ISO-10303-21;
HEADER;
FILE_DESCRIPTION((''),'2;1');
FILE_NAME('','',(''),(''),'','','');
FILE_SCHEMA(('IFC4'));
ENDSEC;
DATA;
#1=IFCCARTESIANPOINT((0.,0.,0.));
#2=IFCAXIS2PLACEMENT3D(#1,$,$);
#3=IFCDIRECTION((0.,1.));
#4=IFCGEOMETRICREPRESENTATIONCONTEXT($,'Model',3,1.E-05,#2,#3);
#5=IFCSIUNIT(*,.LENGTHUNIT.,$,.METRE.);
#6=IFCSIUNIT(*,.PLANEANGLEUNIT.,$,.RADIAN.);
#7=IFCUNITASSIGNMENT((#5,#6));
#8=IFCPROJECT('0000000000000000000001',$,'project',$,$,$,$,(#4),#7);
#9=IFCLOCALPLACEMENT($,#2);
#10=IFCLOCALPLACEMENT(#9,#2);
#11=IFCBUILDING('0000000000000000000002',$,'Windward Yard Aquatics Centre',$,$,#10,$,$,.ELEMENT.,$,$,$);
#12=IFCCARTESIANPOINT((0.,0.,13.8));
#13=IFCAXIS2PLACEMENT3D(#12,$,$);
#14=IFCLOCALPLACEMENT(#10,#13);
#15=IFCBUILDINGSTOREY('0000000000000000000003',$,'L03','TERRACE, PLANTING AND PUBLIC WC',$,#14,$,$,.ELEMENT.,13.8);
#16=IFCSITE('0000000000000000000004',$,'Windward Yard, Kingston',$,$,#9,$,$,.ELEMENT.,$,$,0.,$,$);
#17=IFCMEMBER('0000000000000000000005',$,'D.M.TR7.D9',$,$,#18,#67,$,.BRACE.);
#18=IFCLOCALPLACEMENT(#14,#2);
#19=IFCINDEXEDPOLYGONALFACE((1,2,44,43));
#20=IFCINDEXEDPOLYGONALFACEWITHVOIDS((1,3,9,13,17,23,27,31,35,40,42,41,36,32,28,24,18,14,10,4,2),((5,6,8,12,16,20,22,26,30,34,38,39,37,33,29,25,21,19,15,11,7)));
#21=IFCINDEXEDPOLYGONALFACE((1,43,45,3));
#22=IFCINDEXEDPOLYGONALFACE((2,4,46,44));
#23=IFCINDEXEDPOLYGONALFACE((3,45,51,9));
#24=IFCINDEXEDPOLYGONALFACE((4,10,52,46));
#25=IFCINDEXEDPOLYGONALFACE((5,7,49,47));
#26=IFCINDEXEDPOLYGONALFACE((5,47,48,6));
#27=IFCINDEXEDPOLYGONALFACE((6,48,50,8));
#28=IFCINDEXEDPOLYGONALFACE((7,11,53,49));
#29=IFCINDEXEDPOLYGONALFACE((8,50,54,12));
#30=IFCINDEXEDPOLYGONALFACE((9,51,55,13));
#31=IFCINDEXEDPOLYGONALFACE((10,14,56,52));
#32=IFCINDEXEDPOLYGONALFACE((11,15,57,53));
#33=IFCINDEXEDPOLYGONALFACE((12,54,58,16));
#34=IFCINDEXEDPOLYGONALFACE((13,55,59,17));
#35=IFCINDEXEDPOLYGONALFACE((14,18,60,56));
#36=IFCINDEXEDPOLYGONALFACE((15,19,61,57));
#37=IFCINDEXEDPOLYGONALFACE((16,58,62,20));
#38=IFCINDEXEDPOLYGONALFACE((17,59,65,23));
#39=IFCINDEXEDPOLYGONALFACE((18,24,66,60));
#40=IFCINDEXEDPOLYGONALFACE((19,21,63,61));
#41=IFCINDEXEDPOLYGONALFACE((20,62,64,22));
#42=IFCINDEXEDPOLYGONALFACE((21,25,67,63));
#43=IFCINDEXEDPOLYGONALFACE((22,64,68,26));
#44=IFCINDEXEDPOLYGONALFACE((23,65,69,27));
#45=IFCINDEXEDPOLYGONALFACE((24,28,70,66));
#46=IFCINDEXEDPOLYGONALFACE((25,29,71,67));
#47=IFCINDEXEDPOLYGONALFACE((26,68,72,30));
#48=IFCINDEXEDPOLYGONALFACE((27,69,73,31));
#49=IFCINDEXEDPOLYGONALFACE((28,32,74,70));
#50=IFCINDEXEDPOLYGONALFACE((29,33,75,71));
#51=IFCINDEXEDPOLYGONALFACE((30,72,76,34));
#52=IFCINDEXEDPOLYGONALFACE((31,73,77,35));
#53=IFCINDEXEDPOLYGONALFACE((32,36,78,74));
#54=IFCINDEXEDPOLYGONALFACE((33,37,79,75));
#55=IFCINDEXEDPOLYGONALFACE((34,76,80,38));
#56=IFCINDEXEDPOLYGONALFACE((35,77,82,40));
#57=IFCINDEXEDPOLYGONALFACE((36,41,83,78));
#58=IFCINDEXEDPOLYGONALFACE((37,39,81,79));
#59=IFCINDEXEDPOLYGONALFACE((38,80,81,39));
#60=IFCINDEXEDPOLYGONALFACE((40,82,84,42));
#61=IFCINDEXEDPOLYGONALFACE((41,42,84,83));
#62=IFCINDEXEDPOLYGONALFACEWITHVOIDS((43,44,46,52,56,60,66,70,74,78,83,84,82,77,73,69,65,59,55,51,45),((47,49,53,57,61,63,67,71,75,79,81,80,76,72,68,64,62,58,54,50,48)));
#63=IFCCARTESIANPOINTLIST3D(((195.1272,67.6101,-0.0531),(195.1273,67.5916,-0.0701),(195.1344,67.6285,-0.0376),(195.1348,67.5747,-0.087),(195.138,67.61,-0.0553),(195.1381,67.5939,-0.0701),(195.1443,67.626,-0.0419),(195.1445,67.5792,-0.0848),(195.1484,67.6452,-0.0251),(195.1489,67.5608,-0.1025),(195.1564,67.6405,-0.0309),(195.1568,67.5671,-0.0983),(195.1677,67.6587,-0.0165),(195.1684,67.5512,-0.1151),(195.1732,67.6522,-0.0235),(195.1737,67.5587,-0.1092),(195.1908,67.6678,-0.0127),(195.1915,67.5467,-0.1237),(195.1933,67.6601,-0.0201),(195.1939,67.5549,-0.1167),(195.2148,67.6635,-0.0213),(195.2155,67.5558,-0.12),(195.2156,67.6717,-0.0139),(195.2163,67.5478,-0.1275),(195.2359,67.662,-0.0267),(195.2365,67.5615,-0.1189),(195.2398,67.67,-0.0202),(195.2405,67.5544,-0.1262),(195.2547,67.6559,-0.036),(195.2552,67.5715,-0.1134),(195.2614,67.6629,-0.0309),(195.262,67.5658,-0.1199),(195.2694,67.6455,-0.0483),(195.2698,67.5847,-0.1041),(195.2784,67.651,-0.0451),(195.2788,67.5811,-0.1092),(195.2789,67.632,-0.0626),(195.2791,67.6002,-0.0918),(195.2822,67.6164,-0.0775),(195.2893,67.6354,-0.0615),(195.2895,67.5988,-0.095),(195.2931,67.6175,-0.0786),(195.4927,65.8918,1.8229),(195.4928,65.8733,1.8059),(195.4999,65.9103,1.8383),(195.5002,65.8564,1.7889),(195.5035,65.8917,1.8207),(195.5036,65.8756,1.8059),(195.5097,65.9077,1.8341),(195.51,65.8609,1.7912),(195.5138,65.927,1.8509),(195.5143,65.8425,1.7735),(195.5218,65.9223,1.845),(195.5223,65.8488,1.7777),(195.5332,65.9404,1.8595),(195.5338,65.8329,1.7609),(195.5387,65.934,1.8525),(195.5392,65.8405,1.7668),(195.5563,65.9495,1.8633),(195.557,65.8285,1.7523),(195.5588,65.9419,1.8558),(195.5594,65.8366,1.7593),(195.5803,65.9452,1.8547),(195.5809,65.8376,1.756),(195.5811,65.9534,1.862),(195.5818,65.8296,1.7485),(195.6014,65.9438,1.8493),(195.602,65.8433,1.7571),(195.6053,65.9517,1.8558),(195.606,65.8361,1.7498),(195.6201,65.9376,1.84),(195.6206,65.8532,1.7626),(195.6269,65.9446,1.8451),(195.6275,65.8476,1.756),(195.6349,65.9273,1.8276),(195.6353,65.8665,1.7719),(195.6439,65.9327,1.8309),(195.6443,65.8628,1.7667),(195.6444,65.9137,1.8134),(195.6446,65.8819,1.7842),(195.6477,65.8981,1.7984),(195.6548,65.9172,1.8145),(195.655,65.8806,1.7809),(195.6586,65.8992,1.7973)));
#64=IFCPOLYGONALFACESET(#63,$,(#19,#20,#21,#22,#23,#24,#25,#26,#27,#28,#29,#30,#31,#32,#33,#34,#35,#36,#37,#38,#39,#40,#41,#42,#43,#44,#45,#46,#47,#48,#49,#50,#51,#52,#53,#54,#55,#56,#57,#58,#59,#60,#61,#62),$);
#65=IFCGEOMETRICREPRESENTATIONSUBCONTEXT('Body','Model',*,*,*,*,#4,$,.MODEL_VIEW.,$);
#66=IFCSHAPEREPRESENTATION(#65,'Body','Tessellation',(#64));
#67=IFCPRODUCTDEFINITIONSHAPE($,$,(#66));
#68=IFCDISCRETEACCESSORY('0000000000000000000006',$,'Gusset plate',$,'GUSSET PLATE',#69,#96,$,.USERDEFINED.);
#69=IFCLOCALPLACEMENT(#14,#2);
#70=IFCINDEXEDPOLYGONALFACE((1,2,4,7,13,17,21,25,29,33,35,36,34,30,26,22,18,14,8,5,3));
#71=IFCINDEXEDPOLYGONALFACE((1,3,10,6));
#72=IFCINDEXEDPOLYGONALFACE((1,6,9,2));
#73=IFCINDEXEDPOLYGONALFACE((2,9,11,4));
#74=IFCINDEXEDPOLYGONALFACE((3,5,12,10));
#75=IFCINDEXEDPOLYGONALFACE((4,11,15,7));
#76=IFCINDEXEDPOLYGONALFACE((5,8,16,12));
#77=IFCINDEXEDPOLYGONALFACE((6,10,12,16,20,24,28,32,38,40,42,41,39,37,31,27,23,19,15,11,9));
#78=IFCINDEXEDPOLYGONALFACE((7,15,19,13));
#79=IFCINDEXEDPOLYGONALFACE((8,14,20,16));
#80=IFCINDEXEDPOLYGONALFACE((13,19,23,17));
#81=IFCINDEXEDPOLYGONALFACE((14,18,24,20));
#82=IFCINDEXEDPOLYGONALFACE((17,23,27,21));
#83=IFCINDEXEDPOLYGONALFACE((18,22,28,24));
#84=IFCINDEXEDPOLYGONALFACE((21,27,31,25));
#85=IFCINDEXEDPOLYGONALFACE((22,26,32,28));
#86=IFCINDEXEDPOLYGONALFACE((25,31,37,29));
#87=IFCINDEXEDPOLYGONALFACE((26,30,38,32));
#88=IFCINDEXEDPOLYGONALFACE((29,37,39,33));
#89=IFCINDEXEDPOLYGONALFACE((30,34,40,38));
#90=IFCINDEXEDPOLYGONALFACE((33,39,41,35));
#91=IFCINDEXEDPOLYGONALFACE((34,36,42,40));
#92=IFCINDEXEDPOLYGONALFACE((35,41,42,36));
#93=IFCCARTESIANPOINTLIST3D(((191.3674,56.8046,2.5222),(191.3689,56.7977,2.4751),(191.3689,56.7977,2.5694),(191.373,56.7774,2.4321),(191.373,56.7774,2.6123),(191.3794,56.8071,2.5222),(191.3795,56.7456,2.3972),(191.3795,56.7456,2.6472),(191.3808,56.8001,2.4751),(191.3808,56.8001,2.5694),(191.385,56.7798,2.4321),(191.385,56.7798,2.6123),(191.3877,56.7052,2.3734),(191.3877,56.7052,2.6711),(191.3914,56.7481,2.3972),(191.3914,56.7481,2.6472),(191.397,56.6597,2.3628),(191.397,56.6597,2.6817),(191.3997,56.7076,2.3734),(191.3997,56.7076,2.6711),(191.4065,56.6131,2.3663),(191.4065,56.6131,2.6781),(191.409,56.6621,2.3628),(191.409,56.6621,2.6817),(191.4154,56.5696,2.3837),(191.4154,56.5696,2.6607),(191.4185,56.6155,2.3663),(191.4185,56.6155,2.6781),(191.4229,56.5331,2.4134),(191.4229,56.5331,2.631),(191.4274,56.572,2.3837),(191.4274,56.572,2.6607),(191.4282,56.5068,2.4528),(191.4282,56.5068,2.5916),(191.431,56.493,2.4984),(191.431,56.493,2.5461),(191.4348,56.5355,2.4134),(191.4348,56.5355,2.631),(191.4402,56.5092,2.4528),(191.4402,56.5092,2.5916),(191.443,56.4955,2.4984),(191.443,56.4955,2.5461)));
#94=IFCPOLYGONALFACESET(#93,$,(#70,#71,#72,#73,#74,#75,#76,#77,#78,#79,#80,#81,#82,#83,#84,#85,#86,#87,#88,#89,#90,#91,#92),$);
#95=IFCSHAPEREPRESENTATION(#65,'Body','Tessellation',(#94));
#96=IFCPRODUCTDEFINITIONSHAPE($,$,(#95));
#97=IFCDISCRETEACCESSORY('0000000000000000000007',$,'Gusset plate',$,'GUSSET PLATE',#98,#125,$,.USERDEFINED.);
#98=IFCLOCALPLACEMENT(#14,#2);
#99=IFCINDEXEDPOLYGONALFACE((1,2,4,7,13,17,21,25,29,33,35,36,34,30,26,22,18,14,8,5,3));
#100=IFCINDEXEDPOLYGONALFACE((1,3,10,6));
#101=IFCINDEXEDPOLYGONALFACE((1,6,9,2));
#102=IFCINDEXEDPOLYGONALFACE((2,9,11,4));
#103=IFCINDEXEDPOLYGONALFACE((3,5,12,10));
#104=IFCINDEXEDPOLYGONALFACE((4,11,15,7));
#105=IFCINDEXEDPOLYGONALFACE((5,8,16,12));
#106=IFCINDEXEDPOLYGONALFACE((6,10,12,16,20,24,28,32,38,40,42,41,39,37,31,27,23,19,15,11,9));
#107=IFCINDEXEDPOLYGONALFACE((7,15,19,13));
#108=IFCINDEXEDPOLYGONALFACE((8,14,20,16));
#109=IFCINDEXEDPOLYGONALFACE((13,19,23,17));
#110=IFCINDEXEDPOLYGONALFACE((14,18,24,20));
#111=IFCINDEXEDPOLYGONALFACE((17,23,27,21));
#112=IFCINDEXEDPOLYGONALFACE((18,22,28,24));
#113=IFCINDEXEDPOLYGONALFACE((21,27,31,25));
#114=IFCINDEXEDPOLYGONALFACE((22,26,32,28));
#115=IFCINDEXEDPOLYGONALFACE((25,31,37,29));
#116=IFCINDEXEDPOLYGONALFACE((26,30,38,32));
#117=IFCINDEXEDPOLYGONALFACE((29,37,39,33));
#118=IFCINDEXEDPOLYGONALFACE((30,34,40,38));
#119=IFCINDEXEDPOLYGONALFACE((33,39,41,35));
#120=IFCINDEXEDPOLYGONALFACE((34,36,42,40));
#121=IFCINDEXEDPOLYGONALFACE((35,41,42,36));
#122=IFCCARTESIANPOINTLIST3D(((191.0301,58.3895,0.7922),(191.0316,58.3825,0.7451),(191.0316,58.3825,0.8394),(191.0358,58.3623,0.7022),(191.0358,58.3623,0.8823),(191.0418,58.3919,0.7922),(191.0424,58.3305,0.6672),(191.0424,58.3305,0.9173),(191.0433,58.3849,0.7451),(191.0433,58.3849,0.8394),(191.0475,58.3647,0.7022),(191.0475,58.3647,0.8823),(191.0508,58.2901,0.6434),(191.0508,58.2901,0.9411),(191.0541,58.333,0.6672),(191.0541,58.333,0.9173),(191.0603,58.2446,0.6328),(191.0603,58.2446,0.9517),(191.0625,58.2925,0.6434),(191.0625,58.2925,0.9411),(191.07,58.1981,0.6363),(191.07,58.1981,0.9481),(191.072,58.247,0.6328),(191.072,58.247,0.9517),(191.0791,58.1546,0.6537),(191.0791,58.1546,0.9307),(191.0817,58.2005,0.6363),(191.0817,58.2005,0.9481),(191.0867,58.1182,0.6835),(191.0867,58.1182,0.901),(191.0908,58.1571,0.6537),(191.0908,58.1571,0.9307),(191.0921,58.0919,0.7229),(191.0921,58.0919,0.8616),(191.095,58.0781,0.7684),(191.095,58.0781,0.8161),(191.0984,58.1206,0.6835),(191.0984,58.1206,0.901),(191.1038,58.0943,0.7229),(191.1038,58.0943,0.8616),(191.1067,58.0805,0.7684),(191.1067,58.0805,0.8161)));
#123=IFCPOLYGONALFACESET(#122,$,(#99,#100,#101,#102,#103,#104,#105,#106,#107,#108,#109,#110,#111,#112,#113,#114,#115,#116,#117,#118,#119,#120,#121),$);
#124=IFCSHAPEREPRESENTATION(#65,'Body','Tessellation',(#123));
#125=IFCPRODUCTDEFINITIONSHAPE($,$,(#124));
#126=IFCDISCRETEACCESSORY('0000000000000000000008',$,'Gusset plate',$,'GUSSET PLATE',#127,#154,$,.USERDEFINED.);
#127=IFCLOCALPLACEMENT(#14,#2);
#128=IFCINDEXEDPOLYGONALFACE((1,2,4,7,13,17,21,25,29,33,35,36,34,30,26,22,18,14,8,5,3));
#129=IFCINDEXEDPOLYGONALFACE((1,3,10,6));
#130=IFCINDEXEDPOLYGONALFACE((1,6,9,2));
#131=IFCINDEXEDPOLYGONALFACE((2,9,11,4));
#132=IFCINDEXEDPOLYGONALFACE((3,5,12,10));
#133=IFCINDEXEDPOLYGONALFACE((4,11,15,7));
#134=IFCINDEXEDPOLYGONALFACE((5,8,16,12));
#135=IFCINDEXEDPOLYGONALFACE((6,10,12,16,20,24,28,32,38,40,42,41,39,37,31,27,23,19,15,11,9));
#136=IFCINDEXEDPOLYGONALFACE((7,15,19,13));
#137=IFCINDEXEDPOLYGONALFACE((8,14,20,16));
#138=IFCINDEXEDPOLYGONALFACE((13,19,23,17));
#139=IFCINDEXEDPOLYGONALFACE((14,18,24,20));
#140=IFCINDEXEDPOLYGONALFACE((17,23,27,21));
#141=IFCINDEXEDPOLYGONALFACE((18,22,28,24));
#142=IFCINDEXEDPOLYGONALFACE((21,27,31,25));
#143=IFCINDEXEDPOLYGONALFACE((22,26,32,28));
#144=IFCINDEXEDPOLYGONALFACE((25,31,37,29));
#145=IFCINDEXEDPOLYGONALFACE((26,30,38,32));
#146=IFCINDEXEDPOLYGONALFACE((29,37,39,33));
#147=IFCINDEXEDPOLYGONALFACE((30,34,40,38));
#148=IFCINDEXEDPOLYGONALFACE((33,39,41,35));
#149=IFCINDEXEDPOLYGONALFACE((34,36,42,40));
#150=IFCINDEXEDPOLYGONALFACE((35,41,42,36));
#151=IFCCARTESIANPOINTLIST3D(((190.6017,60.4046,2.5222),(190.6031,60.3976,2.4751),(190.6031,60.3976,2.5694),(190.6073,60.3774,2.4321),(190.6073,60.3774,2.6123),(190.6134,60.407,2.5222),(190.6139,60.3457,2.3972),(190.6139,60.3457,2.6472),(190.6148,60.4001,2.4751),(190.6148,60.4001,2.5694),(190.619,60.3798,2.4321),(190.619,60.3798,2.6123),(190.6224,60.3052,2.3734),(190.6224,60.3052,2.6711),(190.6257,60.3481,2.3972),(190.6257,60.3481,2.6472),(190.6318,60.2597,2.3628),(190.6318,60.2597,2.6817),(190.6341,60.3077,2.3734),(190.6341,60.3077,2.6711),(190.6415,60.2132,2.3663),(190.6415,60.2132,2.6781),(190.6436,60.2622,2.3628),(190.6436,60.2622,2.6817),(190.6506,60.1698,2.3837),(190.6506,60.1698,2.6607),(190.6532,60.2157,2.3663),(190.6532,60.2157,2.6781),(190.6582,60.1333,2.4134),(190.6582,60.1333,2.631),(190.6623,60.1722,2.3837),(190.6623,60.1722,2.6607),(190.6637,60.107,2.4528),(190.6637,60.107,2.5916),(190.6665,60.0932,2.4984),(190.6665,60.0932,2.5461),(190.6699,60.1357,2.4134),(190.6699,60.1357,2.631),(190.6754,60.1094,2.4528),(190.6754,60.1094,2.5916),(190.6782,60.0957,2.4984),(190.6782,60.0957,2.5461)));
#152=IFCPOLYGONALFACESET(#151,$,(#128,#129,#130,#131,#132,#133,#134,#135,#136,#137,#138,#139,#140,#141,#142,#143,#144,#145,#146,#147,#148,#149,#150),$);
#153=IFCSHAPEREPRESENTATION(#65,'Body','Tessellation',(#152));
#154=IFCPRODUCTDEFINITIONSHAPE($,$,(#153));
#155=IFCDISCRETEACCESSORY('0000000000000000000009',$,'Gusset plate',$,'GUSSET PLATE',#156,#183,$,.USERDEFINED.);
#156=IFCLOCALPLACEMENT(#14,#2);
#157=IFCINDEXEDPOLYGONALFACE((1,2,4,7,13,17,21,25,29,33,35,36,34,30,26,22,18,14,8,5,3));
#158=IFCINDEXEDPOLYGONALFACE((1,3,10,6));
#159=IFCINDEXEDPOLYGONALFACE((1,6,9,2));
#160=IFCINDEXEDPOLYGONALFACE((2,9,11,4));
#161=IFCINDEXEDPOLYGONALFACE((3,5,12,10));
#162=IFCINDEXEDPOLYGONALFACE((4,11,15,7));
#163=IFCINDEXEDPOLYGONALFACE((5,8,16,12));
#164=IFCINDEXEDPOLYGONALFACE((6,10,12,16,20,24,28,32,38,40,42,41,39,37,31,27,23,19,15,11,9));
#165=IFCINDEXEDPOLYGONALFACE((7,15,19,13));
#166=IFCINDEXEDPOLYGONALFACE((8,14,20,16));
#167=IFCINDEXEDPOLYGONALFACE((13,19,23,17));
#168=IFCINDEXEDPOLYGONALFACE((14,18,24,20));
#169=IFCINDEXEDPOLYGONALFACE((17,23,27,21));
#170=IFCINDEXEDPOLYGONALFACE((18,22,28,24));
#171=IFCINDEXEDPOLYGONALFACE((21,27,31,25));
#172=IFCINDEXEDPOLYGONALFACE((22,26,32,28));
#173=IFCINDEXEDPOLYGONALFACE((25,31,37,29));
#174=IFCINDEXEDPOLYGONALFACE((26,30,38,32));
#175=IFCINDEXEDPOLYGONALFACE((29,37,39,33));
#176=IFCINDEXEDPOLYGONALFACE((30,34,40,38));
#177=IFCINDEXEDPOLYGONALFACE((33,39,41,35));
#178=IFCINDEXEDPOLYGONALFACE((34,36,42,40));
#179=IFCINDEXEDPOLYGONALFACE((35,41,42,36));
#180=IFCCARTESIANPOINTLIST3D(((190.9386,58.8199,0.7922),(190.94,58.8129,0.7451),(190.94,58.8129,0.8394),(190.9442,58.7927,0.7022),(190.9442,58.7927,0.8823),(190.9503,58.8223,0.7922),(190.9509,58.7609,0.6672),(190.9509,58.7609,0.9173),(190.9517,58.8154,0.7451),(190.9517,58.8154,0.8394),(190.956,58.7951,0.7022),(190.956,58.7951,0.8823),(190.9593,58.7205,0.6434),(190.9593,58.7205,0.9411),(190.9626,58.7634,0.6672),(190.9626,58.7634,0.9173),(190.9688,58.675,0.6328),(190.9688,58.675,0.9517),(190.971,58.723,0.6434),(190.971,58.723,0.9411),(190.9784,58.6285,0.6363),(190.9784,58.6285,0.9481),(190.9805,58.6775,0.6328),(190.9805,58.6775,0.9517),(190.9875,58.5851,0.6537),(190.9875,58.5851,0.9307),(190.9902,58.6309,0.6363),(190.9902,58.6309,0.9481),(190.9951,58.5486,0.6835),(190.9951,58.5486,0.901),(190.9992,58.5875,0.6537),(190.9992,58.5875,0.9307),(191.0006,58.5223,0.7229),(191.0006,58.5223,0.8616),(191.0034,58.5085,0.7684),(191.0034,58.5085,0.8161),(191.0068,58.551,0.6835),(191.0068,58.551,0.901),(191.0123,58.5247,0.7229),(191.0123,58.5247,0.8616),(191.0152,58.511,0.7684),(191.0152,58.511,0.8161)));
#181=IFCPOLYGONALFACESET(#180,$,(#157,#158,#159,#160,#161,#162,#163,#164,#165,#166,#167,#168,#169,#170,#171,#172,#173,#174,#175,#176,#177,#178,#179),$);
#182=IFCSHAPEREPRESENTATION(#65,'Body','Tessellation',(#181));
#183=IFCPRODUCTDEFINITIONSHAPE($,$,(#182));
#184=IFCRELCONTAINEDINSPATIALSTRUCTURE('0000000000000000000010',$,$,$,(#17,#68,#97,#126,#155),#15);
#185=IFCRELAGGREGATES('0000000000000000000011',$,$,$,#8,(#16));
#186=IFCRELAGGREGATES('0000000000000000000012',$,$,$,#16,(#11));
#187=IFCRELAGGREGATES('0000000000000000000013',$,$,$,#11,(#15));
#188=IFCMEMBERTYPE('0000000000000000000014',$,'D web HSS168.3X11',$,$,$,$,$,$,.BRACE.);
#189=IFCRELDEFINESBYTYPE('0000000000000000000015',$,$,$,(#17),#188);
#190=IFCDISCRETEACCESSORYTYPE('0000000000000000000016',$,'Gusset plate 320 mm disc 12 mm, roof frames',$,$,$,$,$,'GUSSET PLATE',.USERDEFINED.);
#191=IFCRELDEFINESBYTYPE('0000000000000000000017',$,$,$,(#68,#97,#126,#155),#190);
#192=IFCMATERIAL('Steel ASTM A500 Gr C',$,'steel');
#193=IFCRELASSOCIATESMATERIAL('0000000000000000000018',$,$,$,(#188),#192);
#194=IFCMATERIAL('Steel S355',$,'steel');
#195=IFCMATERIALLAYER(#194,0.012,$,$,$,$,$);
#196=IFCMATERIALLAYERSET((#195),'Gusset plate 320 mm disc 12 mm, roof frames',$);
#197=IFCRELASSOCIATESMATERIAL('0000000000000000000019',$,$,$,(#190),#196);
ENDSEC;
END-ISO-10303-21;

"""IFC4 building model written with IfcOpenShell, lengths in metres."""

from ifc_helpers import new_model, si_unit, direction, frame, origin, origin_2d, place, context, subcontext, project, spatial, circle, hollow_circle, extrude, material, layer, layer_set, material_profile, profile_set, type_object, element, save


model = new_model("IFC4")

# Units and contexts
model_context = context("Model", 3, precision=1e-05, world=origin(), true_north=direction((0.0, 1.0)))
body_context = subcontext(model_context, "Body", "Model", "MODEL_VIEW")
ifc_project = project(units=[si_unit("LENGTHUNIT", "METRE"), si_unit("PLANEANGLEUNIT", "RADIAN")], contexts=[model_context])

# Site, building, storey
site_placement = place(None, origin())
site = spatial("IfcSite", under=ifc_project, at=site_placement, Name="Windward Yard, Kingston", CompositionType="ELEMENT", RefElevation=0.0)
building_placement = place(site_placement, origin())
building = spatial("IfcBuilding", under=site, at=building_placement, Name="Windward Yard Aquatics Centre", CompositionType="ELEMENT")
storey_placement = place(building_placement, frame((0.0, 0.0, 13.8)))
storey = spatial("IfcBuildingStorey", under=building, at=storey_placement, Name="L03", Description="TERRACE, PLANTING AND PUBLIC WC", CompositionType="ELEMENT", Elevation=13.8)

# Member
ifc_material_1 = material(Name="Steel ASTM A500 Gr C", Category="steel")
ifc_material_profile_1 = material_profile(ifc_material_1, hollow_circle(Radius=0.0842, WallThickness=0.011, at=origin_2d()), Name="HSS168.3X11")
ifc_profile_set_1 = profile_set([ifc_material_profile_1], Name="Steel ASTM A500 Gr C")
member_type_1 = type_object("IfcMemberType", Name="D web HSS168.3X11", PredefinedType="BRACE", material=ifc_profile_set_1)
member_1_placement = place(storey_placement, frame((195.5752, 65.8909, 1.8059), z_axis=(-0.142205, 0.668565, -0.729931), x_axis=(-0.978119, -0.208048, 0.0)))
element("IfcMember", 1, at=member_1_placement, inside=storey, type_object=member_type_1, Name="D.M.TR7.D9", PredefinedType="BRACE", context=body_context, shape_type="SweptSolid", body=[
    extrude(hollow_circle(Radius=0.0842, WallThickness=0.011, at=origin_2d()), origin(), (0.0, 0.0, 1.0), 2.5701),
])

# Discrete accessories
ifc_material_2 = material(Name="Steel S355", Category="steel")
ifc_layer = layer(ifc_material_2, 0.012)
ifc_layer_set = layer_set([ifc_layer], Name="Gusset plate 320 mm disc 12 mm, roof frames")
discrete_accessory_type = type_object("IfcDiscreteAccessoryType", Name="Gusset plate 320 mm disc 12 mm, roof frames", ElementType="GUSSET PLATE", PredefinedType="USERDEFINED", material=ifc_layer_set)
discrete_accessory_1_placement = place(storey_placement, frame((191.3994, 56.6479, 2.5222), z_axis=(0.979804, 0.19996, 0.0), x_axis=(-0.19996, 0.979804, 0.0)))
element("IfcDiscreteAccessory", 2, at=discrete_accessory_1_placement, inside=storey, type_object=discrete_accessory_type, Name="Gusset plate", ObjectType="GUSSET PLATE", PredefinedType="USERDEFINED", context=body_context, shape_type="SweptSolid", body=[
    extrude(circle(Radius=0.1599, at=origin_2d()), origin(), (0.0, 0.0, 1.0), 0.0122),
])
for number, where, z_axis, x_axis, name in (
    (3, (191.0627, 58.2329, 0.7922), (0.97898, 0.203954, 0.0), (-0.203954, 0.97898, 0.0), "Gusset plate"),
    (4, (190.6343, 60.248, 2.5222), (0.97898, 0.203954, 0.0), (-0.203954, 0.97898, 0.0), "Gusset plate"),
    (5, (190.9712, 58.6633, 0.7922), (0.97898, 0.203954, 0.0), (-0.203954, 0.97898, 0.0), "Gusset plate"),
):
    element("IfcDiscreteAccessory", number, at=place(storey_placement, frame(where, z_axis=z_axis, x_axis=x_axis)), inside=storey, type_object=discrete_accessory_type, Name=name, ObjectType="GUSSET PLATE", PredefinedType="USERDEFINED", context=body_context, shape_type="SweptSolid", body=[
        extrude(circle(Radius=0.1599, at=origin_2d()), origin(), (0.0, 0.0, 1.0), 0.012),
    ])

save(model, "model.ifc")
